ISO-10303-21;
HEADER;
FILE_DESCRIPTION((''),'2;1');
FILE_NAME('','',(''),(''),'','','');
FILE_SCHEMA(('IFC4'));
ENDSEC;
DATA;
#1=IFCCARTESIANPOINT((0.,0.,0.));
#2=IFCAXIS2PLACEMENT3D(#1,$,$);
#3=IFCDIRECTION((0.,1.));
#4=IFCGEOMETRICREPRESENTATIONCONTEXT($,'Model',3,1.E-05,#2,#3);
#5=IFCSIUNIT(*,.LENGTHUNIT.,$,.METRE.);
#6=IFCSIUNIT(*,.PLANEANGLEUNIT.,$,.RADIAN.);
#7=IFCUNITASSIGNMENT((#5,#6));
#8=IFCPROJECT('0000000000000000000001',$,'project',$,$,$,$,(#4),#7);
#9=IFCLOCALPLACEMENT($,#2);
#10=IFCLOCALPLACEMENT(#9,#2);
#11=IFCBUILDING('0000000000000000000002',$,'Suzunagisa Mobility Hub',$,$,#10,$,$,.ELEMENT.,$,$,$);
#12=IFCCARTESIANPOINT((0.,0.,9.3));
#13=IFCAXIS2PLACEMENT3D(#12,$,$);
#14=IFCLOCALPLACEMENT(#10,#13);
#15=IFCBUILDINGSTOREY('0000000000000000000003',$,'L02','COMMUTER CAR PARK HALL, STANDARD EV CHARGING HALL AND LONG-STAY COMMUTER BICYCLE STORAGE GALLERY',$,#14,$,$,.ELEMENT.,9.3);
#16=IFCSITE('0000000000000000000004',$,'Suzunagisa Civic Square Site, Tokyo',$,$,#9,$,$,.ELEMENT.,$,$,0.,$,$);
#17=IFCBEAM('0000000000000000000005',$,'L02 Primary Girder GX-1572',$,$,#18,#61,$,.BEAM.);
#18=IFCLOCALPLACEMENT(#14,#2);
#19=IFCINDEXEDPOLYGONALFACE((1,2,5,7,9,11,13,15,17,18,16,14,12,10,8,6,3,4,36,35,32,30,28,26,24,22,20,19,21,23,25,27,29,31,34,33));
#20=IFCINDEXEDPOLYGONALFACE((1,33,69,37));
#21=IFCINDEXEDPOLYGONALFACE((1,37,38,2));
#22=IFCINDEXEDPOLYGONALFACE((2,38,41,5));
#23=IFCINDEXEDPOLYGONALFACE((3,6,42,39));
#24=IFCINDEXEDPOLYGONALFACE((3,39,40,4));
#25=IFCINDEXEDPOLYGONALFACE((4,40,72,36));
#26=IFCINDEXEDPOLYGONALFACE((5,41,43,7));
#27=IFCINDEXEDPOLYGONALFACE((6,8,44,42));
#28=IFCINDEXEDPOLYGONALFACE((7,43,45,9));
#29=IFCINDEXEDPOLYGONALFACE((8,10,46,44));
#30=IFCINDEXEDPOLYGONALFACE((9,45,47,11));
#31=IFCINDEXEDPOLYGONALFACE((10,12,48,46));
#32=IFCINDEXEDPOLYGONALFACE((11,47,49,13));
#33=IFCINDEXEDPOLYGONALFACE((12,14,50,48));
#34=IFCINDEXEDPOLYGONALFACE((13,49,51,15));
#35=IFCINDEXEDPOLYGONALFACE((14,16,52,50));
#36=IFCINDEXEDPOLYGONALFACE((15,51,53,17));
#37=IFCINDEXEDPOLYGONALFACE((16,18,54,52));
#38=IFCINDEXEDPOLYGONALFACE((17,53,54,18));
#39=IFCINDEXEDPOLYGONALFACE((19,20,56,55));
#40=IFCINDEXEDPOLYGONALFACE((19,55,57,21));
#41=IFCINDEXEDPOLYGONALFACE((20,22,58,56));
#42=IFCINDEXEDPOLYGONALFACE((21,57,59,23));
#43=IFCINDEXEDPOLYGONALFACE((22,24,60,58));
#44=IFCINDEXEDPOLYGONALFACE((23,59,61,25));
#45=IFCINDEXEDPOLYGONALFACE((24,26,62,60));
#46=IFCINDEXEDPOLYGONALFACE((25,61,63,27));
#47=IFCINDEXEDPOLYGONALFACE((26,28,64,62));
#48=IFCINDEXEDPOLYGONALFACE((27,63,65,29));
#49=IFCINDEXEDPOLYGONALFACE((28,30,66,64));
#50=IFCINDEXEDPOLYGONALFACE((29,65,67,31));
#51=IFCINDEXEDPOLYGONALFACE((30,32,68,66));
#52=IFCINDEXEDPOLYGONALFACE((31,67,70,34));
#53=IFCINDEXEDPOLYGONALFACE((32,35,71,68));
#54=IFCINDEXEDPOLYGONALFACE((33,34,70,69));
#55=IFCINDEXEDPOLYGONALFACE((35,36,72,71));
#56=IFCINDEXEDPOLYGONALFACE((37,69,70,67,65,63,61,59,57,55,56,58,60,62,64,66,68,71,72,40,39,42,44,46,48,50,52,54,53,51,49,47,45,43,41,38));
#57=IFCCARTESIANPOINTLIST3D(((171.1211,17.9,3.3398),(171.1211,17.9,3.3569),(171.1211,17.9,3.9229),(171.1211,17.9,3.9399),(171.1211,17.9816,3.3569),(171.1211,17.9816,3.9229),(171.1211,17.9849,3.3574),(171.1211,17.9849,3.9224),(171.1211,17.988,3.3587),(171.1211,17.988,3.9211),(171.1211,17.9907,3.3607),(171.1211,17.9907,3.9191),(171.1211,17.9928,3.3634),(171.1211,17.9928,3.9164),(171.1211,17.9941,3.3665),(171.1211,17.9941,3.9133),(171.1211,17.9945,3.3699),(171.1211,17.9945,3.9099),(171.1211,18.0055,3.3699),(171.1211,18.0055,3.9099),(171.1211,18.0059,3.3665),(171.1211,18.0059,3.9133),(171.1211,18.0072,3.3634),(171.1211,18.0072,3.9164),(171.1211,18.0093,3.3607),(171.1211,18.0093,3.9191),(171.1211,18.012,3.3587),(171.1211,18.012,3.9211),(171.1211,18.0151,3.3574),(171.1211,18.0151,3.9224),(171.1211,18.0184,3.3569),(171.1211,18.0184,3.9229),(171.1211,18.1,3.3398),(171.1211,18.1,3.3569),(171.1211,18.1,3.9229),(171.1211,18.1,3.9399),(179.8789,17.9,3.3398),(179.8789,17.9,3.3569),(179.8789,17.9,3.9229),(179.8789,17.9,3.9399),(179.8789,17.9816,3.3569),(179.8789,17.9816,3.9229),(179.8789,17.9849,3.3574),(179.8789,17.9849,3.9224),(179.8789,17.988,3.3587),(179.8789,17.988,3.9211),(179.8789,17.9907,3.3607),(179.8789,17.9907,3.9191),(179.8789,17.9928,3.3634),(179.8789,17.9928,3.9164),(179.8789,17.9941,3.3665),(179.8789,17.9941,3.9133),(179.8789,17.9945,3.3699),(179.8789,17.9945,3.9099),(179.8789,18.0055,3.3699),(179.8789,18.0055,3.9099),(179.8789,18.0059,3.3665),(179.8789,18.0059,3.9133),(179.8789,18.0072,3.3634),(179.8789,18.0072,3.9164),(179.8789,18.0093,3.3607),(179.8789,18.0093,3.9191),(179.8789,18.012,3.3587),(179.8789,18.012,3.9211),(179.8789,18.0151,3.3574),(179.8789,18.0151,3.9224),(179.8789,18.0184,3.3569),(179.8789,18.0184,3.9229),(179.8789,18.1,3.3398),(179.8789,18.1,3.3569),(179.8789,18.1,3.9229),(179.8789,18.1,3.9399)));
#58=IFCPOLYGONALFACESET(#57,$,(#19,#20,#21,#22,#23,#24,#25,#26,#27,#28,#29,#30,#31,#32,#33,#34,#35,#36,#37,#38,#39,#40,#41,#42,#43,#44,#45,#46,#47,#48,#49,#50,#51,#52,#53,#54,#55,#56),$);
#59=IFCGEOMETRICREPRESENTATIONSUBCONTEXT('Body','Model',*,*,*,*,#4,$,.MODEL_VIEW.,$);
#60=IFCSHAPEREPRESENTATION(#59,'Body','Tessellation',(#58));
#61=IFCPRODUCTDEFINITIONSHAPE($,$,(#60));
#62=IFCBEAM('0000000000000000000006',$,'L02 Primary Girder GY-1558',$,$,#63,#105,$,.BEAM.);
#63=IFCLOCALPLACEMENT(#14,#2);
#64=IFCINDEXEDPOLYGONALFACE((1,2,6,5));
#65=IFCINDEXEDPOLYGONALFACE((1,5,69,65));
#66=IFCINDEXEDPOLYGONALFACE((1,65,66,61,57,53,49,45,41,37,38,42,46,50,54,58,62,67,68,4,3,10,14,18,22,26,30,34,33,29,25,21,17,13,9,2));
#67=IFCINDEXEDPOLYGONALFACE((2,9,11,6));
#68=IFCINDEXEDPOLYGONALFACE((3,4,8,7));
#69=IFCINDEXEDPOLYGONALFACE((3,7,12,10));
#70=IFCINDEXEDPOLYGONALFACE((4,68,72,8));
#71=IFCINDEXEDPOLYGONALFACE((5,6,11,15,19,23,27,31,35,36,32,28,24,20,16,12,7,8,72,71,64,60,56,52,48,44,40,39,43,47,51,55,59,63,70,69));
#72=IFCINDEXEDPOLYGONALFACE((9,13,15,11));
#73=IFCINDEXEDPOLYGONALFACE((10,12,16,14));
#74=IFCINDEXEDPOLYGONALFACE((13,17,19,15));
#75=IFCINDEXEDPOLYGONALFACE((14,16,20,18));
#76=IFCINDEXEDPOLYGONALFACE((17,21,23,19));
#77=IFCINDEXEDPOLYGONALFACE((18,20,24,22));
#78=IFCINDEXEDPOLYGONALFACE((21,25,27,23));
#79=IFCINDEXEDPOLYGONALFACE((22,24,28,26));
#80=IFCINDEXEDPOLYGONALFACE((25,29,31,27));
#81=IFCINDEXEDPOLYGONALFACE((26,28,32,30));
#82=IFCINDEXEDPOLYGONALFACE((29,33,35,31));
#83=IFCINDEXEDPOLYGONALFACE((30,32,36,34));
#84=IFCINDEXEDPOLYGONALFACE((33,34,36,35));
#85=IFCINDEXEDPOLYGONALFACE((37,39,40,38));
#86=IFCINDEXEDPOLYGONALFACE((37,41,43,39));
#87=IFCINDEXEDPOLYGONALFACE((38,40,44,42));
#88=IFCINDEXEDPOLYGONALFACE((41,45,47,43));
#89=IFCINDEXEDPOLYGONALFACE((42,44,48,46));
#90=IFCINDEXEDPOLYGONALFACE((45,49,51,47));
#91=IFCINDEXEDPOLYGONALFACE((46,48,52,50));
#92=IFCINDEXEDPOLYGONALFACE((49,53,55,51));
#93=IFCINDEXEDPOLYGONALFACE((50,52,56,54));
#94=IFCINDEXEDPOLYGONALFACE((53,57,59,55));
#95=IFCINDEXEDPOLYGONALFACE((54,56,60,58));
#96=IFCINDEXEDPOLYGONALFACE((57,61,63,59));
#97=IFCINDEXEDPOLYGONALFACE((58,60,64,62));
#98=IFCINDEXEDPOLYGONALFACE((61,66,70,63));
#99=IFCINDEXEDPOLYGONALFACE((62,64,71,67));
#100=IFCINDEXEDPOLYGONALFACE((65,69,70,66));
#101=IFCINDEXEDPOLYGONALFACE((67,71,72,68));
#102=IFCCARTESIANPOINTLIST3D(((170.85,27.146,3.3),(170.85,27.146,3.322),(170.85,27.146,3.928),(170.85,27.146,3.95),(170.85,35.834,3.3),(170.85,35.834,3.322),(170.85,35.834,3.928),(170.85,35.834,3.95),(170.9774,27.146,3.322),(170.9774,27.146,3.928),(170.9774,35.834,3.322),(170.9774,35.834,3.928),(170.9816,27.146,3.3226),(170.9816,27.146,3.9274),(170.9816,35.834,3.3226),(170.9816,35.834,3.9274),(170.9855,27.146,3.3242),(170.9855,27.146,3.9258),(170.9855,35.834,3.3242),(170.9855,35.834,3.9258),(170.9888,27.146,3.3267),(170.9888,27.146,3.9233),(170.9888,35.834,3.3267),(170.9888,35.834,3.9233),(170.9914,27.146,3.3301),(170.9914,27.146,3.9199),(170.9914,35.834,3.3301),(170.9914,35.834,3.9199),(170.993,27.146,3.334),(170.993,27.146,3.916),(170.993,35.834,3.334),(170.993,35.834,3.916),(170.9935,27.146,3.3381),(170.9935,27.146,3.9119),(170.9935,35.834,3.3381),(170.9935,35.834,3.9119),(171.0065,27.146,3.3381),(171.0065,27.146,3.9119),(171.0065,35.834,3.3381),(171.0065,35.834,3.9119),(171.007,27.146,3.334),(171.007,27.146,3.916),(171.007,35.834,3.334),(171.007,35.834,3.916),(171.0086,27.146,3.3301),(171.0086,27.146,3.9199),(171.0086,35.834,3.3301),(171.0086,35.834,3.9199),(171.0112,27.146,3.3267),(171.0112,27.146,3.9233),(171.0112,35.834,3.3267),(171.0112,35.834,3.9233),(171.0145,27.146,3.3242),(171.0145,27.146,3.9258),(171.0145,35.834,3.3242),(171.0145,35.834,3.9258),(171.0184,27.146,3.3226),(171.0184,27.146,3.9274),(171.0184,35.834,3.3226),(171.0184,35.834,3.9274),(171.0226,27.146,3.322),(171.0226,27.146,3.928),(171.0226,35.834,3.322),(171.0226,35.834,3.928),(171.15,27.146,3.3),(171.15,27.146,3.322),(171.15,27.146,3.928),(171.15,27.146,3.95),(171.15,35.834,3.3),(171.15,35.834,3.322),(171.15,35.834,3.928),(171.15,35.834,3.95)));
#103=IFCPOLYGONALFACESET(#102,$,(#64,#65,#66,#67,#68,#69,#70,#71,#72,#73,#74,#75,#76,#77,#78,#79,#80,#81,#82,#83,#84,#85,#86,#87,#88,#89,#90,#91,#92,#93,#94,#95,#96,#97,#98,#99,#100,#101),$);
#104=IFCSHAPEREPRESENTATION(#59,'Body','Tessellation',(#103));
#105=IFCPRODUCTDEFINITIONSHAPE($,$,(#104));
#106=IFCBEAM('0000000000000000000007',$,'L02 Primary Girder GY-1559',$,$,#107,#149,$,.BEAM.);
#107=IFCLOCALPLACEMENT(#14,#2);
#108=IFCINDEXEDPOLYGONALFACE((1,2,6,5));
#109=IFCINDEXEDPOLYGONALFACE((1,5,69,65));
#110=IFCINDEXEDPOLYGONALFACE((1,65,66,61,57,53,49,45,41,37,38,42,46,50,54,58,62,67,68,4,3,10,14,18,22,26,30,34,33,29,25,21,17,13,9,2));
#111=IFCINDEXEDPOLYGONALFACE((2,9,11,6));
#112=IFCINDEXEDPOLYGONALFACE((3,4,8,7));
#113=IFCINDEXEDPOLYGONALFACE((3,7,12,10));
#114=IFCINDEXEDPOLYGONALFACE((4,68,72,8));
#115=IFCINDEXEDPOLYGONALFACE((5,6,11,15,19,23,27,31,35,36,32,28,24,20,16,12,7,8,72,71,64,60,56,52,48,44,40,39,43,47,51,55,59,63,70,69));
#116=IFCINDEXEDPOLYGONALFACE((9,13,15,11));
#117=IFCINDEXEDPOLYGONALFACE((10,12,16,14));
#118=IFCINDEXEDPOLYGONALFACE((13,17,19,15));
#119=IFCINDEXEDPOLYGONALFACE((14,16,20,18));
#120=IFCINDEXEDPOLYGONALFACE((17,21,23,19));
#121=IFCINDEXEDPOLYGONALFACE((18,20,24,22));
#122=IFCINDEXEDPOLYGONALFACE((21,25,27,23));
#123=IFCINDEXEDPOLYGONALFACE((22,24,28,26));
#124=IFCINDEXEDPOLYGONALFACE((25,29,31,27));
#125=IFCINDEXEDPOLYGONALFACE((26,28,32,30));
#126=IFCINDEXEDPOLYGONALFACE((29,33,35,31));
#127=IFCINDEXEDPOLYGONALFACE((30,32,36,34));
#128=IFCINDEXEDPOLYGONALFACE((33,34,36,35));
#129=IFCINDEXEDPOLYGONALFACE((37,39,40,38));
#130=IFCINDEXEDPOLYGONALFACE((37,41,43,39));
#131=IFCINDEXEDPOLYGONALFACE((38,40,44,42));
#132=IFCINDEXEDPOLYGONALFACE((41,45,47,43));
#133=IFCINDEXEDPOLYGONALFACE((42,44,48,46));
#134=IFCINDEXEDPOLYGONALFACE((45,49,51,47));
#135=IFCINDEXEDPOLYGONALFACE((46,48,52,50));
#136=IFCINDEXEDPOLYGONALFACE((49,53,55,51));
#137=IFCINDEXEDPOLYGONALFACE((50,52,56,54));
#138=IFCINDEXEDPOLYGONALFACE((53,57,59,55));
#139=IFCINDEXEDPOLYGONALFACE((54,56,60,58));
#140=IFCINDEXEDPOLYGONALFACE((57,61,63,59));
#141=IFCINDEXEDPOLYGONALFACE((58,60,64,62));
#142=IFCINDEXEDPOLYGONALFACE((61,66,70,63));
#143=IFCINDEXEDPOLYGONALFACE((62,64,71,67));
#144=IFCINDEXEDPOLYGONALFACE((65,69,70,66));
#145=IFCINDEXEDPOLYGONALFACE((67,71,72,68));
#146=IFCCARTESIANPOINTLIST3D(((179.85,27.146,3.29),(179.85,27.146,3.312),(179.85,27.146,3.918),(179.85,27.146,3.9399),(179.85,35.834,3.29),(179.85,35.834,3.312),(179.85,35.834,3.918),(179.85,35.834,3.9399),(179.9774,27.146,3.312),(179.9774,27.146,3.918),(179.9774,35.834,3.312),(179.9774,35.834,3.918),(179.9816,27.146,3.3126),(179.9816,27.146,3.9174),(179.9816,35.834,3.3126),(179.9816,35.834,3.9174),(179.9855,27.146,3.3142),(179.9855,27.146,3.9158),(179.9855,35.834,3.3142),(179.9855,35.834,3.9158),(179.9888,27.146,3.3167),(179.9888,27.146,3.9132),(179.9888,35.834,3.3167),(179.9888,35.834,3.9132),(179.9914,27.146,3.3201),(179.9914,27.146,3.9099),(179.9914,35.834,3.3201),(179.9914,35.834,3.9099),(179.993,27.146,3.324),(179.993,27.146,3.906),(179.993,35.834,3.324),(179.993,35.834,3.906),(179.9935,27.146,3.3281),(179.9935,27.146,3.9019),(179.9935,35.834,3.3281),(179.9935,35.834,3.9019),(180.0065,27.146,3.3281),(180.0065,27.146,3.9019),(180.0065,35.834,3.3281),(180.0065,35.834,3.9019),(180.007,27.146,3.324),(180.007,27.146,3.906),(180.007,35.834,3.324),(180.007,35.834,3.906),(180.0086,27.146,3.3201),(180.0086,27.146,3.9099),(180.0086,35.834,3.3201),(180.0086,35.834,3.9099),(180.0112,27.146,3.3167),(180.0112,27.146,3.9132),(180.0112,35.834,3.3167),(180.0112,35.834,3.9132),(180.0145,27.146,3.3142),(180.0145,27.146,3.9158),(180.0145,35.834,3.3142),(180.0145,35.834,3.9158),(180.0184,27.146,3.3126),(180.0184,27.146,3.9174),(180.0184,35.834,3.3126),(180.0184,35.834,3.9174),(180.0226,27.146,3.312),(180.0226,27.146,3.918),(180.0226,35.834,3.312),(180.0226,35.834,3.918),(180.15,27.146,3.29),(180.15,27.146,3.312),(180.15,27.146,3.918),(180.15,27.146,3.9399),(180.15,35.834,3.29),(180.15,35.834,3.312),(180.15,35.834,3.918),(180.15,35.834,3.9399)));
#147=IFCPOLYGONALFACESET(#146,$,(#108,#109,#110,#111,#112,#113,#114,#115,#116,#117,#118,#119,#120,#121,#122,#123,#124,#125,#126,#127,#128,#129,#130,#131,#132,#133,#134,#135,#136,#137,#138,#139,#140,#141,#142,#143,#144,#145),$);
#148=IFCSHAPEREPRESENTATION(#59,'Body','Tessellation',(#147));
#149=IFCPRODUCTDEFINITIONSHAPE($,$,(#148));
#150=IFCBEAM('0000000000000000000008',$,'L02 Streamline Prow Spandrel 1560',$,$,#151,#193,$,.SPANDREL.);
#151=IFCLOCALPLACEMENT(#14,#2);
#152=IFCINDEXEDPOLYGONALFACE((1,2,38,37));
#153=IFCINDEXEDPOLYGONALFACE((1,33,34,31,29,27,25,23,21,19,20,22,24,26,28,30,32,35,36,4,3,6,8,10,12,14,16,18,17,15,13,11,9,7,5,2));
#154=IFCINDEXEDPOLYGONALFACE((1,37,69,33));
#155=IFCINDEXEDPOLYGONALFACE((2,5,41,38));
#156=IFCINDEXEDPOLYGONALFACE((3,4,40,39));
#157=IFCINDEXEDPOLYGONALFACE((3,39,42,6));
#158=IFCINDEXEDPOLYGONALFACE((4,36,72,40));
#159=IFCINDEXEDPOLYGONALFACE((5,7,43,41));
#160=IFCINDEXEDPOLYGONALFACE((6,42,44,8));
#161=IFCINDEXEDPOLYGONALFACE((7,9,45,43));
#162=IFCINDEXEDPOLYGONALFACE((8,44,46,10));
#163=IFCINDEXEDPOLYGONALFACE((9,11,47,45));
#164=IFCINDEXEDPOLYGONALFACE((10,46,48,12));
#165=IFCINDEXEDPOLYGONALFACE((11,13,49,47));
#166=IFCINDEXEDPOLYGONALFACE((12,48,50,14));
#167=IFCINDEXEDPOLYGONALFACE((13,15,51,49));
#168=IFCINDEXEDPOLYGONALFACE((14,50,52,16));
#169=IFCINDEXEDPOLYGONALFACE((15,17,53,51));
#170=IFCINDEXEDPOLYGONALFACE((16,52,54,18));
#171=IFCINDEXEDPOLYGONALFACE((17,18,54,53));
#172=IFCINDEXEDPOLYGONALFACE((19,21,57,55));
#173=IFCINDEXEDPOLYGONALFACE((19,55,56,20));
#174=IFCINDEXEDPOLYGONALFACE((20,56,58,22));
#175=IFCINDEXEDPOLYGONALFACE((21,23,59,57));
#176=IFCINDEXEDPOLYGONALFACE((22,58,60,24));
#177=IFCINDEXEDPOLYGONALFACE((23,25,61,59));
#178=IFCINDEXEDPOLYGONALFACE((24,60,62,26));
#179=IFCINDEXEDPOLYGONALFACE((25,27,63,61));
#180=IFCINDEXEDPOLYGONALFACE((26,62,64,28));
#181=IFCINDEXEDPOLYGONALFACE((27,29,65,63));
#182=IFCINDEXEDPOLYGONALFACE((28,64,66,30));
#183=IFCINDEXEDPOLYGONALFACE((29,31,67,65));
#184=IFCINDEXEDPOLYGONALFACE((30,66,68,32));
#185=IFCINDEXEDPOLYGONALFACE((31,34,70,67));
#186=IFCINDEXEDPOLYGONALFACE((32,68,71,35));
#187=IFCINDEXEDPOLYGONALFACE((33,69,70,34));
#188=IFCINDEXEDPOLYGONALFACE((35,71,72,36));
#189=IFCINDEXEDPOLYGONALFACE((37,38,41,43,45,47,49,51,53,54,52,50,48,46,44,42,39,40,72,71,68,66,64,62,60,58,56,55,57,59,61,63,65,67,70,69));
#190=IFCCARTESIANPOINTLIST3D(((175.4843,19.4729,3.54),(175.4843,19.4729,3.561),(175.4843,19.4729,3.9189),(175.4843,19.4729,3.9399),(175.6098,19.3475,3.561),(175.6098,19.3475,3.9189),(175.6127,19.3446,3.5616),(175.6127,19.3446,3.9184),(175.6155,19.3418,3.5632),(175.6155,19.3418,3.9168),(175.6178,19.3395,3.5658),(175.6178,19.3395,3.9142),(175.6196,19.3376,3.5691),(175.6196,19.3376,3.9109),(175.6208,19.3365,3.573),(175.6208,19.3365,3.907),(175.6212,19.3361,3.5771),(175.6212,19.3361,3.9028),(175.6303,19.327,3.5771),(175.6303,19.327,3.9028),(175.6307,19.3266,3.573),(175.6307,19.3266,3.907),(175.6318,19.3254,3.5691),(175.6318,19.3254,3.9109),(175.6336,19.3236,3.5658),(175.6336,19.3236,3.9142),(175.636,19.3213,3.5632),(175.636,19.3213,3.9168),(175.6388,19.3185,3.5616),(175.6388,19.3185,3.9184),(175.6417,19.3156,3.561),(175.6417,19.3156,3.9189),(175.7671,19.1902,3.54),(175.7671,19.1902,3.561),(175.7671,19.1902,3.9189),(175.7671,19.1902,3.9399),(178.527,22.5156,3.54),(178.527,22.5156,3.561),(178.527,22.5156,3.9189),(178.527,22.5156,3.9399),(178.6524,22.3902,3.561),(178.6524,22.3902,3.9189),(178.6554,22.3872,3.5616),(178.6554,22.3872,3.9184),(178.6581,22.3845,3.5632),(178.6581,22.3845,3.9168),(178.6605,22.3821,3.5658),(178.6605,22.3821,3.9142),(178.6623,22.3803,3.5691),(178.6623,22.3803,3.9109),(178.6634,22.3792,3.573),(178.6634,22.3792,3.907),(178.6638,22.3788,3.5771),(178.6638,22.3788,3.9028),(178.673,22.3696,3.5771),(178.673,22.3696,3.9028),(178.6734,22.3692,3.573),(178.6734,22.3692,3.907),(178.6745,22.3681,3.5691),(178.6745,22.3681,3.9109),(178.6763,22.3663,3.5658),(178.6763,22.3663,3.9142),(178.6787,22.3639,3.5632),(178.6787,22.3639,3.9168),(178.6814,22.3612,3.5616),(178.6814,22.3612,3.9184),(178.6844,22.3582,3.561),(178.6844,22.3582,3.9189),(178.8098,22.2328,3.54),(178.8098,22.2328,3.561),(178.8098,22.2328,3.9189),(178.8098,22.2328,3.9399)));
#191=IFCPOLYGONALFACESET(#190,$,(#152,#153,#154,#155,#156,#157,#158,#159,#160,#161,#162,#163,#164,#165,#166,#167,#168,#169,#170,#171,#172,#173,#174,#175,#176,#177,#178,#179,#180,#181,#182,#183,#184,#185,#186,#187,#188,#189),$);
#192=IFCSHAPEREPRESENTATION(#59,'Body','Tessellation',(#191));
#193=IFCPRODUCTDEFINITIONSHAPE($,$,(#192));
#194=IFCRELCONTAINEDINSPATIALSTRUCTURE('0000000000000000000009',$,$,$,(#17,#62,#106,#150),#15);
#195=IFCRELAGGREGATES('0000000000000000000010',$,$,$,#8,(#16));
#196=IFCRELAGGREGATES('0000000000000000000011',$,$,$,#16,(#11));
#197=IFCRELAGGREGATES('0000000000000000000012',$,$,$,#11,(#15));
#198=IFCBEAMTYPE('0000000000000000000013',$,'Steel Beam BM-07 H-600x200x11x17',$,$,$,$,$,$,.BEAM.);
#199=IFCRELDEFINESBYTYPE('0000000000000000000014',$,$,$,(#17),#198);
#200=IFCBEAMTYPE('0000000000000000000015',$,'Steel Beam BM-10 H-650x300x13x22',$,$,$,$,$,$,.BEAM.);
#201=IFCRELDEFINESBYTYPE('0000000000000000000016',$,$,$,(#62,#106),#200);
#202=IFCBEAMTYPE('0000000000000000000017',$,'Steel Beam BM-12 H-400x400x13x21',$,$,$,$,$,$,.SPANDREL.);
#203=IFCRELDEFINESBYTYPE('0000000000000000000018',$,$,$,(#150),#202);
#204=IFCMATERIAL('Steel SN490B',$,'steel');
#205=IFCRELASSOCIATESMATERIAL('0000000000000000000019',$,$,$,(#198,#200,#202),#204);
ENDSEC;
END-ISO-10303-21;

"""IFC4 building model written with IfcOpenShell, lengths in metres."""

from ifc_helpers import new_model, si_unit, direction, frame, origin, origin_2d, place, context, subcontext, project, spatial, i_section, extrude, material, material_profile, profile_set, type_object, element, save


model = new_model("IFC4")

# Units and contexts
model_context = context("Model", 3, precision=1e-05, world=origin(), true_north=direction((0.0, 1.0)))
body_context = subcontext(model_context, "Body", "Model", "MODEL_VIEW")
ifc_project = project(units=[si_unit("LENGTHUNIT", "METRE"), si_unit("PLANEANGLEUNIT", "RADIAN")], contexts=[model_context])

# Site, building, storey
site_placement = place(None, origin())
site = spatial("IfcSite", under=ifc_project, at=site_placement, Name="Suzunagisa Civic Square Site, Tokyo", CompositionType="ELEMENT", RefElevation=0.0)
building_placement = place(site_placement, origin())
building = spatial("IfcBuilding", under=site, at=building_placement, Name="Suzunagisa Mobility Hub", CompositionType="ELEMENT")
storey_placement = place(building_placement, frame((0.0, 0.0, 9.3)))
storey = spatial("IfcBuildingStorey", under=building, at=storey_placement, Name="L02", Description="COMMUTER CAR PARK HALL, STANDARD EV CHARGING HALL AND LONG-STAY COMMUTER BICYCLE STORAGE GALLERY", CompositionType="ELEMENT", Elevation=9.3)

# Shared definitions
ifc_material_1 = material(Name="Steel SN490B", Category="steel")

# Beams
ifc_material_profile_1 = material_profile(ifc_material_1, i_section(OverallWidth=0.2, OverallDepth=0.6001, WebThickness=0.011, FlangeThickness=0.0171, FilletRadius=0.0129, at=origin_2d()), Name="H-600x200x11x17")
ifc_profile_set_1 = profile_set([ifc_material_profile_1], Name="Steel SN490B")
beam_type_1 = type_object("IfcBeamType", Name="Steel Beam BM-07 H-600x200x11x17", PredefinedType="BEAM", material=ifc_profile_set_1)
beam_1_placement = place(storey_placement, frame((171.1211, 18.0, 3.6399), z_axis=(1.0, 0.0, 0.0), x_axis=(0.0, 1.0, 0.0)))
element("IfcBeam", 1, at=beam_1_placement, inside=storey, type_object=beam_type_1, Name="L02 Primary Girder GX-1572", PredefinedType="BEAM", context=body_context, shape_type="SweptSolid", body=[
    extrude(i_section(OverallWidth=0.2, OverallDepth=0.6001, WebThickness=0.011, FlangeThickness=0.0171, FilletRadius=0.0129, at=origin_2d()), origin(), (0.0, 0.0, 1.0), 8.7578),
])
ifc_material_profile_2 = material_profile(ifc_material_1, i_section(OverallWidth=0.3, OverallDepth=0.6499, WebThickness=0.0129, FlangeThickness=0.022, FilletRadius=0.0161, at=origin_2d()), Name="H-650x300x13x22")
ifc_profile_set_2 = profile_set([ifc_material_profile_2], Name="Steel SN490B")
beam_type_2 = type_object("IfcBeamType", Name="Steel Beam BM-10 H-650x300x13x22", PredefinedType="BEAM", material=ifc_profile_set_2)
for number, where, z_axis, x_axis, name in (
    (2, (171.0, 27.146, 3.625), (0.0, 1.0, 0.0), (-1.0, 0.0, 0.0), "L02 Primary Girder GY-1558"),
    (3, (180.0, 27.146, 3.615), (0.0, 1.0, 0.0), (-1.0, 0.0, 0.0), "L02 Primary Girder GY-1559"),
):
    element("IfcBeam", number, at=place(storey_placement, frame(where, z_axis=z_axis, x_axis=x_axis)), inside=storey, type_object=beam_type_2, Name=name, PredefinedType="BEAM", context=body_context, shape_type="SweptSolid", body=[
        extrude(i_section(OverallWidth=0.3, OverallDepth=0.6499, WebThickness=0.0129, FlangeThickness=0.022, FilletRadius=0.0161, at=origin_2d()), origin(), (0.0, 0.0, 1.0), 8.688),
    ])
ifc_material_profile_3 = material_profile(ifc_material_1, i_section(OverallWidth=0.3999, OverallDepth=0.3999, WebThickness=0.0129, FlangeThickness=0.021, FilletRadius=0.0161, at=origin_2d()), Name="H-400x400x13x21")
ifc_profile_set_3 = profile_set([ifc_material_profile_3], Name="Steel SN490B")
beam_type_3 = type_object("IfcBeamType", Name="Steel Beam BM-12 H-400x400x13x21", PredefinedType="SPANDREL", material=ifc_profile_set_3)
beam_2_placement = place(storey_placement, frame((175.6257, 19.3315, 3.74), z_axis=(0.707107, 0.707107, 0.0), x_axis=(-0.707107, 0.707107, 0.0)))
element("IfcBeam", 4, at=beam_2_placement, inside=storey, type_object=beam_type_3, Name="L02 Streamline Prow Spandrel 1560", PredefinedType="SPANDREL", context=body_context, shape_type="SweptSolid", body=[
    extrude(i_section(OverallWidth=0.3999, OverallDepth=0.3999, WebThickness=0.0129, FlangeThickness=0.021, FilletRadius=0.0161, at=origin_2d()), origin(), (0.0, 0.0, 1.0), 4.303),
])

save(model, "model.ifc")
